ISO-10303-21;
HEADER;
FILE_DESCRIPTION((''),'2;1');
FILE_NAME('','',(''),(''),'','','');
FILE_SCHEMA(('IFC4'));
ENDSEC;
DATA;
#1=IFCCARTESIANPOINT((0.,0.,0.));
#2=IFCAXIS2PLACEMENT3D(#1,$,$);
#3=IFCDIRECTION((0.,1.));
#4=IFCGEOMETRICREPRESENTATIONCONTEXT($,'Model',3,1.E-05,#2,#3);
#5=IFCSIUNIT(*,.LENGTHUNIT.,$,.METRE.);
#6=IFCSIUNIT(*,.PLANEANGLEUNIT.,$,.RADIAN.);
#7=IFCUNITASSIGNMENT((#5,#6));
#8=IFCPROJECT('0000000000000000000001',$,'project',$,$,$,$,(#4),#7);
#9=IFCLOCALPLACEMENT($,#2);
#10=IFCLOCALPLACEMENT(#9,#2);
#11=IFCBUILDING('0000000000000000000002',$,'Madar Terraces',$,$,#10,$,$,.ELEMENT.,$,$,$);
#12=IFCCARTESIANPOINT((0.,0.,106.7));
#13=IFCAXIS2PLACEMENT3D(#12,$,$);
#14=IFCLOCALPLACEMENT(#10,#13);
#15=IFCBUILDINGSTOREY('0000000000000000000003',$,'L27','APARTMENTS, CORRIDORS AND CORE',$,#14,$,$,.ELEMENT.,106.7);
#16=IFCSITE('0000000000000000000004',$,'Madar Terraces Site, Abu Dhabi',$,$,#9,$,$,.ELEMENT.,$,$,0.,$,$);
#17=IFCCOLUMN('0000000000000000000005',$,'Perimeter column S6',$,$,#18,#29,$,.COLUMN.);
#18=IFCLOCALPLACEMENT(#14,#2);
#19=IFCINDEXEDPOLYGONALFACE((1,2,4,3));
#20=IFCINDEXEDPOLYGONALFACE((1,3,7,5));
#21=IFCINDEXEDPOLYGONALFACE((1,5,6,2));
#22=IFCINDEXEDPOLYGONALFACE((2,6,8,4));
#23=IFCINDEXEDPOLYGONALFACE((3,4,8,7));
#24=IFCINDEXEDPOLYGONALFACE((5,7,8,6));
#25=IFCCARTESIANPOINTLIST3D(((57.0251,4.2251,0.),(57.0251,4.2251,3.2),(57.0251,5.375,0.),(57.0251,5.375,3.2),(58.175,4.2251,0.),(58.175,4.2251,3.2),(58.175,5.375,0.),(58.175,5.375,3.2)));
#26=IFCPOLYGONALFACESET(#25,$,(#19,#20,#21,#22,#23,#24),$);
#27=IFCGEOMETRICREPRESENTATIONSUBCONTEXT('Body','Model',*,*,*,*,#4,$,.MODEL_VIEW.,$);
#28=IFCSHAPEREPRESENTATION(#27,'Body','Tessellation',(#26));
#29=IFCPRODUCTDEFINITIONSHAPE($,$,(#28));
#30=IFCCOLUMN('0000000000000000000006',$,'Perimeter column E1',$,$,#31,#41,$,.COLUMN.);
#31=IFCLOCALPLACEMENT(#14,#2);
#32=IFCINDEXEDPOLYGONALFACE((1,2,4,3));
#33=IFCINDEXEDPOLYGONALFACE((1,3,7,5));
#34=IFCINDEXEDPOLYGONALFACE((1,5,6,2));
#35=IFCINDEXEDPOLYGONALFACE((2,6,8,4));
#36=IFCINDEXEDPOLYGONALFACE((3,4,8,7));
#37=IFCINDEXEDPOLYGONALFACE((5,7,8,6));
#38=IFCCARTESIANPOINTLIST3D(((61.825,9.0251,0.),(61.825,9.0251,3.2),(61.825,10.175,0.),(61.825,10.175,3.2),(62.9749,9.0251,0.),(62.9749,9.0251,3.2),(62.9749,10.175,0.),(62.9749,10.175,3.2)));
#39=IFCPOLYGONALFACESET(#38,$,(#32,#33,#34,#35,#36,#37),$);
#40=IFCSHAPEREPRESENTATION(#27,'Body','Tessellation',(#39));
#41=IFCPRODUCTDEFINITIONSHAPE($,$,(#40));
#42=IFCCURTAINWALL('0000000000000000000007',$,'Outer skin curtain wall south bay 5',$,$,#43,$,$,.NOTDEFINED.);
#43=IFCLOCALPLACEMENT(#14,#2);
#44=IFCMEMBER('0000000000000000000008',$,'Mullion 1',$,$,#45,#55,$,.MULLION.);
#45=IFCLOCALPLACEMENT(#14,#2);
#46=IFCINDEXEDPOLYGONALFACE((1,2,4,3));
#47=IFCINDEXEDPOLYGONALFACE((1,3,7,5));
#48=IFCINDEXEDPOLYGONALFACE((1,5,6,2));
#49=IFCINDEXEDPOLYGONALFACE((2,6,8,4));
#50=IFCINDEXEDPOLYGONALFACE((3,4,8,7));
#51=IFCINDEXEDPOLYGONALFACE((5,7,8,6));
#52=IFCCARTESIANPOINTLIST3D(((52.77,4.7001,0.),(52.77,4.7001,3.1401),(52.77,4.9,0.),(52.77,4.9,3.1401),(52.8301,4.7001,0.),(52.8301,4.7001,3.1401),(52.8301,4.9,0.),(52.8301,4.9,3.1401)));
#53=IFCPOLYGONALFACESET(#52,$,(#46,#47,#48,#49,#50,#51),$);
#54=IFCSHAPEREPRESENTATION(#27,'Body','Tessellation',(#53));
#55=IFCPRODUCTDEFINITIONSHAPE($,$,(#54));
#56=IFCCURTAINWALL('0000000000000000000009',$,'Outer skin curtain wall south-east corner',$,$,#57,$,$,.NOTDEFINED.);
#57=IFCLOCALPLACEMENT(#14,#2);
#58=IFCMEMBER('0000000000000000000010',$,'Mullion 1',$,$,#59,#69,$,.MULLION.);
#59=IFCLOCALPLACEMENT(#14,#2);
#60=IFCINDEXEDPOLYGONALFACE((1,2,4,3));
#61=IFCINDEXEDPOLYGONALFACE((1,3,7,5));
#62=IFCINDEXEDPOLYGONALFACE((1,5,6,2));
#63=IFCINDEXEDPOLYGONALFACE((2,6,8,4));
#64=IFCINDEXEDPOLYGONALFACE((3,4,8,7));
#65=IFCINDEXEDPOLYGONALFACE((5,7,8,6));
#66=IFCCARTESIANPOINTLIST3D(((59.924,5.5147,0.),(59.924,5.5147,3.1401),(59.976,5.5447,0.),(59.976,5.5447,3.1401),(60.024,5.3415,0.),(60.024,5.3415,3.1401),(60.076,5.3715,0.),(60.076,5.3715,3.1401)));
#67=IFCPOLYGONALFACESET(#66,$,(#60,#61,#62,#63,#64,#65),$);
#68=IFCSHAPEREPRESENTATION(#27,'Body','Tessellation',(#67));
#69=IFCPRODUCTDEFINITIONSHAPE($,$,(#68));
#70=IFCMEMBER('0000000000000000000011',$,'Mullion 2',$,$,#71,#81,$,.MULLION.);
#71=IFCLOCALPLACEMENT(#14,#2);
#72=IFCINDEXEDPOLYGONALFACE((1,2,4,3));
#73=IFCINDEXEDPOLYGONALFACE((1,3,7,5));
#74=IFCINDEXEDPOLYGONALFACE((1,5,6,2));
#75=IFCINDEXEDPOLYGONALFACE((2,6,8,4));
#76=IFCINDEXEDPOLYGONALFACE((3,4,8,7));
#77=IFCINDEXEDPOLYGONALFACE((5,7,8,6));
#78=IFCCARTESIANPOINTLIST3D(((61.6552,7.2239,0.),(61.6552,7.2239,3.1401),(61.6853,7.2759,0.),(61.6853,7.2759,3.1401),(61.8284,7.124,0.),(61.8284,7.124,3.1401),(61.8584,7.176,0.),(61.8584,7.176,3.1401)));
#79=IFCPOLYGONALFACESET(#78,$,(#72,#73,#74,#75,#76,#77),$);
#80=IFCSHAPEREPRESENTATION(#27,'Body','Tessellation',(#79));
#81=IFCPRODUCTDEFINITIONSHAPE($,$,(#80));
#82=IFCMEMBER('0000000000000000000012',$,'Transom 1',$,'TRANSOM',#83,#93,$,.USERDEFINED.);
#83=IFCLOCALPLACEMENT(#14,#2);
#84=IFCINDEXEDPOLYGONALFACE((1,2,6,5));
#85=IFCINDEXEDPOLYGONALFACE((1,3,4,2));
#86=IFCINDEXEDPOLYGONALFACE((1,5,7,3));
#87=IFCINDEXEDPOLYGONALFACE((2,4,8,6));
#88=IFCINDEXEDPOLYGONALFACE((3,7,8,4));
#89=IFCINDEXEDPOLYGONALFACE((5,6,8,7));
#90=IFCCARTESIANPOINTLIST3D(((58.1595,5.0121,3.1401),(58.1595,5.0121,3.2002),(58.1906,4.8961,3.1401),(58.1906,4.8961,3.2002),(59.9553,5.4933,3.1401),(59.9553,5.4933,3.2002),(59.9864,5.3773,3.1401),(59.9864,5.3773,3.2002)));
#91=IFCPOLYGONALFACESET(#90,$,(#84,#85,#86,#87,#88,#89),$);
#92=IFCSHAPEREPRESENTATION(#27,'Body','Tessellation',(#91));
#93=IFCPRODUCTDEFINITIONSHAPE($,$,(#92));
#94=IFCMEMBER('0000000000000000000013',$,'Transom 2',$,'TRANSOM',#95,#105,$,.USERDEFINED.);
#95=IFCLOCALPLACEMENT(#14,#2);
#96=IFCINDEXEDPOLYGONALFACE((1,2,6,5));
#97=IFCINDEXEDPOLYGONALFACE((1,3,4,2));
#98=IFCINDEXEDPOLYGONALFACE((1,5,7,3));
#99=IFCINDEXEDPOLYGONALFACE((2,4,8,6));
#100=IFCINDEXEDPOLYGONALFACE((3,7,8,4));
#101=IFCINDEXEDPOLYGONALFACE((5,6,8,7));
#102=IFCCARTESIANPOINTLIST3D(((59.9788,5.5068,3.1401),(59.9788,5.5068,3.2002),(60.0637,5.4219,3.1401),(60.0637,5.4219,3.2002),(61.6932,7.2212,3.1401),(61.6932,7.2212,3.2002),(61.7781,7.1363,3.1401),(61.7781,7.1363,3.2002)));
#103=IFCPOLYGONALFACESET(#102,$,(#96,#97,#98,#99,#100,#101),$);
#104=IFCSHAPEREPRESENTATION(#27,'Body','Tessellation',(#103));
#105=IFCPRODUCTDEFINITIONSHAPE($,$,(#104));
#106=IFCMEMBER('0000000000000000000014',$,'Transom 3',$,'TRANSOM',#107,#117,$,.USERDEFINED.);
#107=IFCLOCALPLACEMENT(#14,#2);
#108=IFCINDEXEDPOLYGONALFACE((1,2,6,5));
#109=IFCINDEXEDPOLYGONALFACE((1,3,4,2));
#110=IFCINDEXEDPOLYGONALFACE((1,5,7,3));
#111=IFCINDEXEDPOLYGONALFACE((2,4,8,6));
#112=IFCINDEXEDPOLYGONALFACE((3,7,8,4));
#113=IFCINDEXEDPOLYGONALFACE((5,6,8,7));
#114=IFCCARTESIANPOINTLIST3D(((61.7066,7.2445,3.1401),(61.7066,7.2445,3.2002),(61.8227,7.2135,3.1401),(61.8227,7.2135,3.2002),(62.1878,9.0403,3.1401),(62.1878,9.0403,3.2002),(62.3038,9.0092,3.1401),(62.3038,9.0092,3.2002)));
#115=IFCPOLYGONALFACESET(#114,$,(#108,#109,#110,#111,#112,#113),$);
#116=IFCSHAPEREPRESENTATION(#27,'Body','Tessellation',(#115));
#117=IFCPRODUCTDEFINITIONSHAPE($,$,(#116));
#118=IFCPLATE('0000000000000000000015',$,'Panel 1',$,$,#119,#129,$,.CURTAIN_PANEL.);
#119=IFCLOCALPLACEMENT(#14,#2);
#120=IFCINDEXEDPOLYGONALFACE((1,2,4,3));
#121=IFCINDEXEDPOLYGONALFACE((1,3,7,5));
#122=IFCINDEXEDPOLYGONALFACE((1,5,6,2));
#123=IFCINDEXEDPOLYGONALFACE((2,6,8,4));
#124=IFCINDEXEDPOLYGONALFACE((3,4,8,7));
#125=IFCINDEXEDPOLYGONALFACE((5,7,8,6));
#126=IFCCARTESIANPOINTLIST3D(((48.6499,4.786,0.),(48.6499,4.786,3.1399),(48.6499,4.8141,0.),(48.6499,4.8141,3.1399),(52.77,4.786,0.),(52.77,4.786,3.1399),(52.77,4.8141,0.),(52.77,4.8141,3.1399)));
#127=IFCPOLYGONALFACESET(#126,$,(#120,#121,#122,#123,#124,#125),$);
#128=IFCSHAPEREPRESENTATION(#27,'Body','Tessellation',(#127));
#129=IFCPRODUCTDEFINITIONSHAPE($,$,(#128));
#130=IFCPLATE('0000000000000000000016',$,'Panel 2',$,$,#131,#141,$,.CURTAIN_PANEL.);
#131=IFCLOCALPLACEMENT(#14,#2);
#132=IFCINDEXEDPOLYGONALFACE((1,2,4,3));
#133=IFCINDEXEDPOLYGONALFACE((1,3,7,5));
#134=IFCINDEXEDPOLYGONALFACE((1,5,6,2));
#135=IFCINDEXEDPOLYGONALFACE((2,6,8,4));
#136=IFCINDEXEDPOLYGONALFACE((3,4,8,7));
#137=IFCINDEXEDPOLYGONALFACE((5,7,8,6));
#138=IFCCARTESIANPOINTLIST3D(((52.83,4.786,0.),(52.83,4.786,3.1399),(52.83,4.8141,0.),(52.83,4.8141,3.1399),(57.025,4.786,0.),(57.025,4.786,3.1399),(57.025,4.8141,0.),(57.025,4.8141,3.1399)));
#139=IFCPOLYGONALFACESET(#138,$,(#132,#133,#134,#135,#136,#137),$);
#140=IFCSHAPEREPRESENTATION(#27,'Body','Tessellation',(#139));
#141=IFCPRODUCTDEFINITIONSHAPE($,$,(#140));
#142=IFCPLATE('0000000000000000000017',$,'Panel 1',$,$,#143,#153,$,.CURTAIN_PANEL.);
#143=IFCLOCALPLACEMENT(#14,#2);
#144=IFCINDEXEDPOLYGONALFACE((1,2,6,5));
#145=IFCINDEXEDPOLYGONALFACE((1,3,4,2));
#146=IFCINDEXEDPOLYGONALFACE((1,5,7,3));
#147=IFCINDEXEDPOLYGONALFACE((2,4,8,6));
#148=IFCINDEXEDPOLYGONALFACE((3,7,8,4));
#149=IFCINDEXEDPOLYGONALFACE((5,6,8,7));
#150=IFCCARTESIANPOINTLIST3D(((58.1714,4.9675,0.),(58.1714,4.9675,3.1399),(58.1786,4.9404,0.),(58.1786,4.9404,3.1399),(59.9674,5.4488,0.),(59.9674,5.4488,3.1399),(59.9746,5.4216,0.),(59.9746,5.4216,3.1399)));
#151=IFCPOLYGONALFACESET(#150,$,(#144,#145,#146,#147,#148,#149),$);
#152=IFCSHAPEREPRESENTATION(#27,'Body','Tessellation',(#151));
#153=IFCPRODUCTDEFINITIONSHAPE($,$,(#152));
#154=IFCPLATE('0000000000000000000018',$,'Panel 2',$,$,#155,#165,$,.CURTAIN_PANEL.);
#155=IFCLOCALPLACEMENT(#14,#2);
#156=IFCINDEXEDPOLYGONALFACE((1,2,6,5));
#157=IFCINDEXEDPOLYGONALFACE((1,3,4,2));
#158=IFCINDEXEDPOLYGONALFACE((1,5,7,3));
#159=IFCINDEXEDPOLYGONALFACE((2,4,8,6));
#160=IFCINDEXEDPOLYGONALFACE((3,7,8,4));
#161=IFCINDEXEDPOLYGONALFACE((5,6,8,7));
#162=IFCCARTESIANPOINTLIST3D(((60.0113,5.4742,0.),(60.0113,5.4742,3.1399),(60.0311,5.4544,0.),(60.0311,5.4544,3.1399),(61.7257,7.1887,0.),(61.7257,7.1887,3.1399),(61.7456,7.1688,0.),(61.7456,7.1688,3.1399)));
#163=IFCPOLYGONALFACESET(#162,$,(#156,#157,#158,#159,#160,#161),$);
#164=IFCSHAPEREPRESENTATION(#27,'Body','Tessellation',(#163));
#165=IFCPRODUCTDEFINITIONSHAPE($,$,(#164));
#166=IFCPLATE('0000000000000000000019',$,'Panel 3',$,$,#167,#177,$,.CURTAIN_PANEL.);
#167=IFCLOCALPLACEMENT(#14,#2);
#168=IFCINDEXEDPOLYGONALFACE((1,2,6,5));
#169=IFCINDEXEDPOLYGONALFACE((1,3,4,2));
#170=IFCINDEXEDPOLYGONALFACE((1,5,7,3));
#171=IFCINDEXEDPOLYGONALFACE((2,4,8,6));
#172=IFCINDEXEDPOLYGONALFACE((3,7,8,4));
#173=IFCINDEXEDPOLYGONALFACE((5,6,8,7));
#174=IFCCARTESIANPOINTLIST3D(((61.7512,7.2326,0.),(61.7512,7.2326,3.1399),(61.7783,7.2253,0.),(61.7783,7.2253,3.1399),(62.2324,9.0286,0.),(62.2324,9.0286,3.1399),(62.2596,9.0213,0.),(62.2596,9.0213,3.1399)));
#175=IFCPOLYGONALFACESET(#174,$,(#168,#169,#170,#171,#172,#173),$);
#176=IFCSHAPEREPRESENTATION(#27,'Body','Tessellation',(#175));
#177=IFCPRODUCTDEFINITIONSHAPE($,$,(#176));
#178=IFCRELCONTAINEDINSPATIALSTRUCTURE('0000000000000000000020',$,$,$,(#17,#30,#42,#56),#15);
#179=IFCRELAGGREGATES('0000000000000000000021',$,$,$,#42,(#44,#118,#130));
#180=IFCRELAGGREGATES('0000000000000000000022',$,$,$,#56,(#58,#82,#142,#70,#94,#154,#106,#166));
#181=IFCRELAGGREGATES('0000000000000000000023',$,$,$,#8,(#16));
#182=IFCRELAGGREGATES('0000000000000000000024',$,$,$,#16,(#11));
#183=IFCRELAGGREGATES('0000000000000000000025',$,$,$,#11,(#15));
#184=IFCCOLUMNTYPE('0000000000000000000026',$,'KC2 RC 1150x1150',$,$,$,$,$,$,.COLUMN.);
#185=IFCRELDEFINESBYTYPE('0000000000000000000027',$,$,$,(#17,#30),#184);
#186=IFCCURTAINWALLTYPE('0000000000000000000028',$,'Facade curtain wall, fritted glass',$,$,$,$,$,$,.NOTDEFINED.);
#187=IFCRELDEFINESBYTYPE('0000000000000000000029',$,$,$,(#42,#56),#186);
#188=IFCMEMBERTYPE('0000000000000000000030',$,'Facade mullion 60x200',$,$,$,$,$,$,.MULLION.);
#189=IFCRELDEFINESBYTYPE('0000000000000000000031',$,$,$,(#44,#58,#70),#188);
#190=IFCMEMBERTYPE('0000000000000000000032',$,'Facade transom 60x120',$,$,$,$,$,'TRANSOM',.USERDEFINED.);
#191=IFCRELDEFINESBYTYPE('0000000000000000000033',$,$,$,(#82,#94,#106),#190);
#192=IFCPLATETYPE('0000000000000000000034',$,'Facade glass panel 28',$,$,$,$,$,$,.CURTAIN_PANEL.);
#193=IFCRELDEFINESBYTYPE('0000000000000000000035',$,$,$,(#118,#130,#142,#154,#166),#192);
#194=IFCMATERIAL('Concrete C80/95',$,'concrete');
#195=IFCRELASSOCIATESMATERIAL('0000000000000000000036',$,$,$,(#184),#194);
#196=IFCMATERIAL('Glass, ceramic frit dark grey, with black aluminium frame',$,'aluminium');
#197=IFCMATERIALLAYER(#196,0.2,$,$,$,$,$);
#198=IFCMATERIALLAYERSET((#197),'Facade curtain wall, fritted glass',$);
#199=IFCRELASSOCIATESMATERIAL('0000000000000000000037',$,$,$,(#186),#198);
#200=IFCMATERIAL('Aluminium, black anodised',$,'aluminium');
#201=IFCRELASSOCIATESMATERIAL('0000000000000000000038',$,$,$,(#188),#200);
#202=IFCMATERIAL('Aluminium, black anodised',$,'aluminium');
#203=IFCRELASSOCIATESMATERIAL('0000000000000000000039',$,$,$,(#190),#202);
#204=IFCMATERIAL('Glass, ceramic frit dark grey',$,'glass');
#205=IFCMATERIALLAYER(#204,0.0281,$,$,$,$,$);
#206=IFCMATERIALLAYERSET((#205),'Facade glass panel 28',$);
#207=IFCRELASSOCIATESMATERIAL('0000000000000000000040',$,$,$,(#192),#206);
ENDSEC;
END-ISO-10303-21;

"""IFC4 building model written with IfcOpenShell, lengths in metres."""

from ifc_helpers import new_model, si_unit, direction, frame, origin, origin_2d, place, context, subcontext, project, spatial, rectangle, extrude, material, layer, layer_set, material_profile, profile_set, type_object, element, aggregate, save


model = new_model("IFC4")

# Units and contexts
model_context = context("Model", 3, precision=1e-05, world=origin(), true_north=direction((0.0, 1.0)))
body_context = subcontext(model_context, "Body", "Model", "MODEL_VIEW")
ifc_project = project(units=[si_unit("LENGTHUNIT", "METRE"), si_unit("PLANEANGLEUNIT", "RADIAN")], contexts=[model_context])

# Site, building, storey
site_placement = place(None, origin())
site = spatial("IfcSite", under=ifc_project, at=site_placement, Name="Madar Terraces Site, Abu Dhabi", CompositionType="ELEMENT", RefElevation=0.0)
building_placement = place(site_placement, origin())
building = spatial("IfcBuilding", under=site, at=building_placement, Name="Madar Terraces", CompositionType="ELEMENT")
storey_placement = place(building_placement, frame((0.0, 0.0, 106.7)))
storey = spatial("IfcBuildingStorey", under=building, at=storey_placement, Name="L27", Description="APARTMENTS, CORRIDORS AND CORE", CompositionType="ELEMENT", Elevation=106.7)

# Columns
ifc_material_1 = material(Name="Concrete C80/95", Category="concrete")
ifc_material_profile_1 = material_profile(ifc_material_1, rectangle(XDim=1.1499, YDim=1.1499, at=origin_2d()), Name="KC2 RC 1150x1150")
ifc_profile_set_1 = profile_set([ifc_material_profile_1], Name="Concrete C80/95")
column_type = type_object("IfcColumnType", Name="KC2 RC 1150x1150", PredefinedType="COLUMN", material=ifc_profile_set_1)
for number, where, z_axis, x_axis, name in (
    (1, (57.6001, 4.8, 0.0), (0.0, 0.0, 1.0), (1.0, 0.0, 0.0), "Perimeter column S6"),
    (2, (62.3999, 9.6001, 0.0), (0.0, 0.0, 1.0), (1.0, 0.0, 0.0), "Perimeter column E1"),
):
    element("IfcColumn", number, at=place(storey_placement, frame(where, z_axis=z_axis, x_axis=x_axis)), inside=storey, type_object=column_type, Name=name, PredefinedType="COLUMN", context=body_context, shape_type="SweptSolid", body=[
        extrude(rectangle(XDim=1.1499, YDim=1.1499, at=origin_2d()), origin(), (0.0, 0.0, 1.0), 3.2),
    ])

# Curtain wall, member
ifc_material_2 = material(Name="Glass, ceramic frit dark grey, with black aluminium frame", Category="aluminium")
ifc_layer_1 = layer(ifc_material_2, 0.2)
ifc_layer_set_1 = layer_set([ifc_layer_1], Name="Facade curtain wall, fritted glass")
curtain_wall_type = type_object("IfcCurtainWallType", Name="Facade curtain wall, fritted glass", PredefinedType="NOTDEFINED", material=ifc_layer_set_1)
curtain_wall_1_placement = place(storey_placement, origin())
curtain_wall_1 = element("IfcCurtainWall", 3, at=curtain_wall_1_placement, inside=storey, type_object=curtain_wall_type, Name="Outer skin curtain wall south bay 5", PredefinedType="NOTDEFINED")
ifc_material_3 = material(Name="Aluminium, black anodised", Category="aluminium")
ifc_material_profile_2 = material_profile(ifc_material_3, rectangle(XDim=0.2, YDim=0.0601, at=origin_2d()), Name="Facade mullion 60x200")
ifc_profile_set_2 = profile_set([ifc_material_profile_2], Name="Aluminium, black anodised")
member_type_1 = type_object("IfcMemberType", Name="Facade mullion 60x200", PredefinedType="MULLION", material=ifc_profile_set_2)
member_1_placement = place(storey_placement, frame((52.8, 4.8, 0.0), z_axis=(0.0, 0.0, 1.0), x_axis=(0.0, 1.0, 0.0)))
member_1 = element("IfcMember", 4, at=member_1_placement, type_object=member_type_1, Name="Mullion 1", PredefinedType="MULLION", context=body_context, shape_type="SweptSolid", body=[
    extrude(rectangle(XDim=0.2, YDim=0.0601, at=origin_2d()), origin(), (0.0, 0.0, 1.0), 3.1401),
])

# Curtain wall, members
curtain_wall_2_placement = place(storey_placement, origin())
curtain_wall_2 = element("IfcCurtainWall", 5, at=curtain_wall_2_placement, inside=storey, type_object=curtain_wall_type, Name="Outer skin curtain wall south-east corner", PredefinedType="NOTDEFINED")
member_2_placement = place(storey_placement, frame((60.0, 5.4431, 0.0), z_axis=(0.0, 0.0, 1.0), x_axis=(-0.5, 0.866025, 0.0)))
member_2 = element("IfcMember", 6, at=member_2_placement, type_object=member_type_1, Name="Mullion 1", PredefinedType="MULLION", context=body_context, shape_type="SweptSolid", body=[
    extrude(rectangle(XDim=0.2, YDim=0.0601, at=origin_2d()), origin(), (0.0, 0.0, 1.0), 3.1401),
])
member_3_placement = place(storey_placement, frame((61.7568, 7.2, 0.0), z_axis=(0.0, 0.0, 1.0), x_axis=(-0.866025, 0.5, 0.0)))
member_3 = element("IfcMember", 7, at=member_3_placement, type_object=member_type_1, Name="Mullion 2", PredefinedType="MULLION", context=body_context, shape_type="SweptSolid", body=[
    extrude(rectangle(XDim=0.2, YDim=0.0601, at=origin_2d()), origin(), (0.0, 0.0, 1.0), 3.1401),
])
ifc_material_4 = material(Name="Aluminium, black anodised", Category="aluminium")
ifc_material_profile_3 = material_profile(ifc_material_4, rectangle(XDim=0.1201, YDim=0.0601, at=origin_2d()), Name="Facade transom 60x120")
ifc_profile_set_3 = profile_set([ifc_material_profile_3], Name="Aluminium, black anodised")
member_type_2 = type_object("IfcMemberType", Name="Facade transom 60x120", ElementType="TRANSOM", PredefinedType="USERDEFINED", material=ifc_profile_set_3)
member_4_placement = place(storey_placement, frame((58.175, 4.9541, 3.1702), z_axis=(0.965927, 0.258815, 0.0), x_axis=(-0.258815, 0.965927, 0.0)))
member_4 = element("IfcMember", 8, at=member_4_placement, type_object=member_type_2, Name="Transom 1", ObjectType="TRANSOM", PredefinedType="USERDEFINED", context=body_context, shape_type="SweptSolid", body=[
    extrude(rectangle(XDim=0.1201, YDim=0.0601, at=origin_2d()), origin(), (0.0, 0.0, 1.0), 1.8591),
])
member_5_placement = place(storey_placement, frame((60.0212, 5.4644, 3.1702), z_axis=(0.707107, 0.707107, 0.0), x_axis=(-0.707107, 0.707107, 0.0)))
member_5 = element("IfcMember", 9, at=member_5_placement, type_object=member_type_2, Name="Transom 2", ObjectType="TRANSOM", PredefinedType="USERDEFINED", context=body_context, shape_type="SweptSolid", body=[
    extrude(rectangle(XDim=0.1201, YDim=0.0601, at=origin_2d()), origin(), (0.0, 0.0, 1.0), 2.4246),
])
member_6_placement = place(storey_placement, frame((61.7646, 7.229, 3.1702), z_axis=(0.258815, 0.965927, 0.0), x_axis=(-0.965927, 0.258815, 0.0)))
member_6 = element("IfcMember", 10, at=member_6_placement, type_object=member_type_2, Name="Transom 3", ObjectType="TRANSOM", PredefinedType="USERDEFINED", context=body_context, shape_type="SweptSolid", body=[
    extrude(rectangle(XDim=0.1201, YDim=0.0601, at=origin_2d()), origin(), (0.0, 0.0, 1.0), 1.8591),
])

# Plates
ifc_material_5 = material(Name="Glass, ceramic frit dark grey", Category="glass")
ifc_layer_2 = layer(ifc_material_5, 0.0281)
ifc_layer_set_2 = layer_set([ifc_layer_2], Name="Facade glass panel 28")
plate_type = type_object("IfcPlateType", Name="Facade glass panel 28", PredefinedType="CURTAIN_PANEL", material=ifc_layer_set_2)
plate_1_placement = place(storey_placement, frame((50.71, 4.8, 0.0), z_axis=(0.0, 0.0, 1.0), x_axis=(1.0, 0.0, 0.0)))
plate_1 = element("IfcPlate", 11, at=plate_1_placement, type_object=plate_type, Name="Panel 1", PredefinedType="CURTAIN_PANEL", context=body_context, shape_type="SweptSolid", body=[
    extrude(rectangle(XDim=4.1201, YDim=0.0281, at=origin_2d()), origin(), (0.0, 0.0, 1.0), 3.1399),
])
plate_2_placement = place(storey_placement, frame((54.9275, 4.8, 0.0), z_axis=(0.0, 0.0, 1.0), x_axis=(1.0, 0.0, 0.0)))
plate_2 = element("IfcPlate", 12, at=plate_2_placement, type_object=plate_type, Name="Panel 2", PredefinedType="CURTAIN_PANEL", context=body_context, shape_type="SweptSolid", body=[
    extrude(rectangle(XDim=4.1951, YDim=0.0281, at=origin_2d()), origin(), (0.0, 0.0, 1.0), 3.1399),
])
aggregate(curtain_wall_1, [member_1, plate_1, plate_2])
plate_3_placement = place(storey_placement, frame((59.073, 5.1946, 0.0), z_axis=(0.0, 0.0, 1.0), x_axis=(0.965926, 0.258819, 0.0)))
plate_3 = element("IfcPlate", 13, at=plate_3_placement, type_object=plate_type, Name="Panel 1", PredefinedType="CURTAIN_PANEL", context=body_context, shape_type="SweptSolid", body=[
    extrude(rectangle(XDim=1.8594, YDim=0.0281, at=origin_2d()), origin(), (0.0, 0.0, 1.0), 3.1399),
])
plate_4_placement = place(storey_placement, frame((60.8784, 6.3215, 0.0), z_axis=(0.0, 0.0, 1.0), x_axis=(0.707107, 0.707107, 0.0)))
plate_4 = element("IfcPlate", 14, at=plate_4_placement, type_object=plate_type, Name="Panel 2", PredefinedType="CURTAIN_PANEL", context=body_context, shape_type="SweptSolid", body=[
    extrude(rectangle(XDim=2.4246, YDim=0.0281, at=origin_2d()), origin(), (0.0, 0.0, 1.0), 3.1399),
])
plate_5_placement = place(storey_placement, frame((62.0054, 8.127, 0.0), z_axis=(0.0, 0.0, 1.0), x_axis=(0.258819, 0.965926, 0.0)))
plate_5 = element("IfcPlate", 15, at=plate_5_placement, type_object=plate_type, Name="Panel 3", PredefinedType="CURTAIN_PANEL", context=body_context, shape_type="SweptSolid", body=[
    extrude(rectangle(XDim=1.8594, YDim=0.0281, at=origin_2d()), origin(), (0.0, 0.0, 1.0), 3.1399),
])
aggregate(curtain_wall_2, [member_2, member_4, plate_3, member_3, member_5, plate_4, member_6, plate_5])

save(model, "model.ifc")
